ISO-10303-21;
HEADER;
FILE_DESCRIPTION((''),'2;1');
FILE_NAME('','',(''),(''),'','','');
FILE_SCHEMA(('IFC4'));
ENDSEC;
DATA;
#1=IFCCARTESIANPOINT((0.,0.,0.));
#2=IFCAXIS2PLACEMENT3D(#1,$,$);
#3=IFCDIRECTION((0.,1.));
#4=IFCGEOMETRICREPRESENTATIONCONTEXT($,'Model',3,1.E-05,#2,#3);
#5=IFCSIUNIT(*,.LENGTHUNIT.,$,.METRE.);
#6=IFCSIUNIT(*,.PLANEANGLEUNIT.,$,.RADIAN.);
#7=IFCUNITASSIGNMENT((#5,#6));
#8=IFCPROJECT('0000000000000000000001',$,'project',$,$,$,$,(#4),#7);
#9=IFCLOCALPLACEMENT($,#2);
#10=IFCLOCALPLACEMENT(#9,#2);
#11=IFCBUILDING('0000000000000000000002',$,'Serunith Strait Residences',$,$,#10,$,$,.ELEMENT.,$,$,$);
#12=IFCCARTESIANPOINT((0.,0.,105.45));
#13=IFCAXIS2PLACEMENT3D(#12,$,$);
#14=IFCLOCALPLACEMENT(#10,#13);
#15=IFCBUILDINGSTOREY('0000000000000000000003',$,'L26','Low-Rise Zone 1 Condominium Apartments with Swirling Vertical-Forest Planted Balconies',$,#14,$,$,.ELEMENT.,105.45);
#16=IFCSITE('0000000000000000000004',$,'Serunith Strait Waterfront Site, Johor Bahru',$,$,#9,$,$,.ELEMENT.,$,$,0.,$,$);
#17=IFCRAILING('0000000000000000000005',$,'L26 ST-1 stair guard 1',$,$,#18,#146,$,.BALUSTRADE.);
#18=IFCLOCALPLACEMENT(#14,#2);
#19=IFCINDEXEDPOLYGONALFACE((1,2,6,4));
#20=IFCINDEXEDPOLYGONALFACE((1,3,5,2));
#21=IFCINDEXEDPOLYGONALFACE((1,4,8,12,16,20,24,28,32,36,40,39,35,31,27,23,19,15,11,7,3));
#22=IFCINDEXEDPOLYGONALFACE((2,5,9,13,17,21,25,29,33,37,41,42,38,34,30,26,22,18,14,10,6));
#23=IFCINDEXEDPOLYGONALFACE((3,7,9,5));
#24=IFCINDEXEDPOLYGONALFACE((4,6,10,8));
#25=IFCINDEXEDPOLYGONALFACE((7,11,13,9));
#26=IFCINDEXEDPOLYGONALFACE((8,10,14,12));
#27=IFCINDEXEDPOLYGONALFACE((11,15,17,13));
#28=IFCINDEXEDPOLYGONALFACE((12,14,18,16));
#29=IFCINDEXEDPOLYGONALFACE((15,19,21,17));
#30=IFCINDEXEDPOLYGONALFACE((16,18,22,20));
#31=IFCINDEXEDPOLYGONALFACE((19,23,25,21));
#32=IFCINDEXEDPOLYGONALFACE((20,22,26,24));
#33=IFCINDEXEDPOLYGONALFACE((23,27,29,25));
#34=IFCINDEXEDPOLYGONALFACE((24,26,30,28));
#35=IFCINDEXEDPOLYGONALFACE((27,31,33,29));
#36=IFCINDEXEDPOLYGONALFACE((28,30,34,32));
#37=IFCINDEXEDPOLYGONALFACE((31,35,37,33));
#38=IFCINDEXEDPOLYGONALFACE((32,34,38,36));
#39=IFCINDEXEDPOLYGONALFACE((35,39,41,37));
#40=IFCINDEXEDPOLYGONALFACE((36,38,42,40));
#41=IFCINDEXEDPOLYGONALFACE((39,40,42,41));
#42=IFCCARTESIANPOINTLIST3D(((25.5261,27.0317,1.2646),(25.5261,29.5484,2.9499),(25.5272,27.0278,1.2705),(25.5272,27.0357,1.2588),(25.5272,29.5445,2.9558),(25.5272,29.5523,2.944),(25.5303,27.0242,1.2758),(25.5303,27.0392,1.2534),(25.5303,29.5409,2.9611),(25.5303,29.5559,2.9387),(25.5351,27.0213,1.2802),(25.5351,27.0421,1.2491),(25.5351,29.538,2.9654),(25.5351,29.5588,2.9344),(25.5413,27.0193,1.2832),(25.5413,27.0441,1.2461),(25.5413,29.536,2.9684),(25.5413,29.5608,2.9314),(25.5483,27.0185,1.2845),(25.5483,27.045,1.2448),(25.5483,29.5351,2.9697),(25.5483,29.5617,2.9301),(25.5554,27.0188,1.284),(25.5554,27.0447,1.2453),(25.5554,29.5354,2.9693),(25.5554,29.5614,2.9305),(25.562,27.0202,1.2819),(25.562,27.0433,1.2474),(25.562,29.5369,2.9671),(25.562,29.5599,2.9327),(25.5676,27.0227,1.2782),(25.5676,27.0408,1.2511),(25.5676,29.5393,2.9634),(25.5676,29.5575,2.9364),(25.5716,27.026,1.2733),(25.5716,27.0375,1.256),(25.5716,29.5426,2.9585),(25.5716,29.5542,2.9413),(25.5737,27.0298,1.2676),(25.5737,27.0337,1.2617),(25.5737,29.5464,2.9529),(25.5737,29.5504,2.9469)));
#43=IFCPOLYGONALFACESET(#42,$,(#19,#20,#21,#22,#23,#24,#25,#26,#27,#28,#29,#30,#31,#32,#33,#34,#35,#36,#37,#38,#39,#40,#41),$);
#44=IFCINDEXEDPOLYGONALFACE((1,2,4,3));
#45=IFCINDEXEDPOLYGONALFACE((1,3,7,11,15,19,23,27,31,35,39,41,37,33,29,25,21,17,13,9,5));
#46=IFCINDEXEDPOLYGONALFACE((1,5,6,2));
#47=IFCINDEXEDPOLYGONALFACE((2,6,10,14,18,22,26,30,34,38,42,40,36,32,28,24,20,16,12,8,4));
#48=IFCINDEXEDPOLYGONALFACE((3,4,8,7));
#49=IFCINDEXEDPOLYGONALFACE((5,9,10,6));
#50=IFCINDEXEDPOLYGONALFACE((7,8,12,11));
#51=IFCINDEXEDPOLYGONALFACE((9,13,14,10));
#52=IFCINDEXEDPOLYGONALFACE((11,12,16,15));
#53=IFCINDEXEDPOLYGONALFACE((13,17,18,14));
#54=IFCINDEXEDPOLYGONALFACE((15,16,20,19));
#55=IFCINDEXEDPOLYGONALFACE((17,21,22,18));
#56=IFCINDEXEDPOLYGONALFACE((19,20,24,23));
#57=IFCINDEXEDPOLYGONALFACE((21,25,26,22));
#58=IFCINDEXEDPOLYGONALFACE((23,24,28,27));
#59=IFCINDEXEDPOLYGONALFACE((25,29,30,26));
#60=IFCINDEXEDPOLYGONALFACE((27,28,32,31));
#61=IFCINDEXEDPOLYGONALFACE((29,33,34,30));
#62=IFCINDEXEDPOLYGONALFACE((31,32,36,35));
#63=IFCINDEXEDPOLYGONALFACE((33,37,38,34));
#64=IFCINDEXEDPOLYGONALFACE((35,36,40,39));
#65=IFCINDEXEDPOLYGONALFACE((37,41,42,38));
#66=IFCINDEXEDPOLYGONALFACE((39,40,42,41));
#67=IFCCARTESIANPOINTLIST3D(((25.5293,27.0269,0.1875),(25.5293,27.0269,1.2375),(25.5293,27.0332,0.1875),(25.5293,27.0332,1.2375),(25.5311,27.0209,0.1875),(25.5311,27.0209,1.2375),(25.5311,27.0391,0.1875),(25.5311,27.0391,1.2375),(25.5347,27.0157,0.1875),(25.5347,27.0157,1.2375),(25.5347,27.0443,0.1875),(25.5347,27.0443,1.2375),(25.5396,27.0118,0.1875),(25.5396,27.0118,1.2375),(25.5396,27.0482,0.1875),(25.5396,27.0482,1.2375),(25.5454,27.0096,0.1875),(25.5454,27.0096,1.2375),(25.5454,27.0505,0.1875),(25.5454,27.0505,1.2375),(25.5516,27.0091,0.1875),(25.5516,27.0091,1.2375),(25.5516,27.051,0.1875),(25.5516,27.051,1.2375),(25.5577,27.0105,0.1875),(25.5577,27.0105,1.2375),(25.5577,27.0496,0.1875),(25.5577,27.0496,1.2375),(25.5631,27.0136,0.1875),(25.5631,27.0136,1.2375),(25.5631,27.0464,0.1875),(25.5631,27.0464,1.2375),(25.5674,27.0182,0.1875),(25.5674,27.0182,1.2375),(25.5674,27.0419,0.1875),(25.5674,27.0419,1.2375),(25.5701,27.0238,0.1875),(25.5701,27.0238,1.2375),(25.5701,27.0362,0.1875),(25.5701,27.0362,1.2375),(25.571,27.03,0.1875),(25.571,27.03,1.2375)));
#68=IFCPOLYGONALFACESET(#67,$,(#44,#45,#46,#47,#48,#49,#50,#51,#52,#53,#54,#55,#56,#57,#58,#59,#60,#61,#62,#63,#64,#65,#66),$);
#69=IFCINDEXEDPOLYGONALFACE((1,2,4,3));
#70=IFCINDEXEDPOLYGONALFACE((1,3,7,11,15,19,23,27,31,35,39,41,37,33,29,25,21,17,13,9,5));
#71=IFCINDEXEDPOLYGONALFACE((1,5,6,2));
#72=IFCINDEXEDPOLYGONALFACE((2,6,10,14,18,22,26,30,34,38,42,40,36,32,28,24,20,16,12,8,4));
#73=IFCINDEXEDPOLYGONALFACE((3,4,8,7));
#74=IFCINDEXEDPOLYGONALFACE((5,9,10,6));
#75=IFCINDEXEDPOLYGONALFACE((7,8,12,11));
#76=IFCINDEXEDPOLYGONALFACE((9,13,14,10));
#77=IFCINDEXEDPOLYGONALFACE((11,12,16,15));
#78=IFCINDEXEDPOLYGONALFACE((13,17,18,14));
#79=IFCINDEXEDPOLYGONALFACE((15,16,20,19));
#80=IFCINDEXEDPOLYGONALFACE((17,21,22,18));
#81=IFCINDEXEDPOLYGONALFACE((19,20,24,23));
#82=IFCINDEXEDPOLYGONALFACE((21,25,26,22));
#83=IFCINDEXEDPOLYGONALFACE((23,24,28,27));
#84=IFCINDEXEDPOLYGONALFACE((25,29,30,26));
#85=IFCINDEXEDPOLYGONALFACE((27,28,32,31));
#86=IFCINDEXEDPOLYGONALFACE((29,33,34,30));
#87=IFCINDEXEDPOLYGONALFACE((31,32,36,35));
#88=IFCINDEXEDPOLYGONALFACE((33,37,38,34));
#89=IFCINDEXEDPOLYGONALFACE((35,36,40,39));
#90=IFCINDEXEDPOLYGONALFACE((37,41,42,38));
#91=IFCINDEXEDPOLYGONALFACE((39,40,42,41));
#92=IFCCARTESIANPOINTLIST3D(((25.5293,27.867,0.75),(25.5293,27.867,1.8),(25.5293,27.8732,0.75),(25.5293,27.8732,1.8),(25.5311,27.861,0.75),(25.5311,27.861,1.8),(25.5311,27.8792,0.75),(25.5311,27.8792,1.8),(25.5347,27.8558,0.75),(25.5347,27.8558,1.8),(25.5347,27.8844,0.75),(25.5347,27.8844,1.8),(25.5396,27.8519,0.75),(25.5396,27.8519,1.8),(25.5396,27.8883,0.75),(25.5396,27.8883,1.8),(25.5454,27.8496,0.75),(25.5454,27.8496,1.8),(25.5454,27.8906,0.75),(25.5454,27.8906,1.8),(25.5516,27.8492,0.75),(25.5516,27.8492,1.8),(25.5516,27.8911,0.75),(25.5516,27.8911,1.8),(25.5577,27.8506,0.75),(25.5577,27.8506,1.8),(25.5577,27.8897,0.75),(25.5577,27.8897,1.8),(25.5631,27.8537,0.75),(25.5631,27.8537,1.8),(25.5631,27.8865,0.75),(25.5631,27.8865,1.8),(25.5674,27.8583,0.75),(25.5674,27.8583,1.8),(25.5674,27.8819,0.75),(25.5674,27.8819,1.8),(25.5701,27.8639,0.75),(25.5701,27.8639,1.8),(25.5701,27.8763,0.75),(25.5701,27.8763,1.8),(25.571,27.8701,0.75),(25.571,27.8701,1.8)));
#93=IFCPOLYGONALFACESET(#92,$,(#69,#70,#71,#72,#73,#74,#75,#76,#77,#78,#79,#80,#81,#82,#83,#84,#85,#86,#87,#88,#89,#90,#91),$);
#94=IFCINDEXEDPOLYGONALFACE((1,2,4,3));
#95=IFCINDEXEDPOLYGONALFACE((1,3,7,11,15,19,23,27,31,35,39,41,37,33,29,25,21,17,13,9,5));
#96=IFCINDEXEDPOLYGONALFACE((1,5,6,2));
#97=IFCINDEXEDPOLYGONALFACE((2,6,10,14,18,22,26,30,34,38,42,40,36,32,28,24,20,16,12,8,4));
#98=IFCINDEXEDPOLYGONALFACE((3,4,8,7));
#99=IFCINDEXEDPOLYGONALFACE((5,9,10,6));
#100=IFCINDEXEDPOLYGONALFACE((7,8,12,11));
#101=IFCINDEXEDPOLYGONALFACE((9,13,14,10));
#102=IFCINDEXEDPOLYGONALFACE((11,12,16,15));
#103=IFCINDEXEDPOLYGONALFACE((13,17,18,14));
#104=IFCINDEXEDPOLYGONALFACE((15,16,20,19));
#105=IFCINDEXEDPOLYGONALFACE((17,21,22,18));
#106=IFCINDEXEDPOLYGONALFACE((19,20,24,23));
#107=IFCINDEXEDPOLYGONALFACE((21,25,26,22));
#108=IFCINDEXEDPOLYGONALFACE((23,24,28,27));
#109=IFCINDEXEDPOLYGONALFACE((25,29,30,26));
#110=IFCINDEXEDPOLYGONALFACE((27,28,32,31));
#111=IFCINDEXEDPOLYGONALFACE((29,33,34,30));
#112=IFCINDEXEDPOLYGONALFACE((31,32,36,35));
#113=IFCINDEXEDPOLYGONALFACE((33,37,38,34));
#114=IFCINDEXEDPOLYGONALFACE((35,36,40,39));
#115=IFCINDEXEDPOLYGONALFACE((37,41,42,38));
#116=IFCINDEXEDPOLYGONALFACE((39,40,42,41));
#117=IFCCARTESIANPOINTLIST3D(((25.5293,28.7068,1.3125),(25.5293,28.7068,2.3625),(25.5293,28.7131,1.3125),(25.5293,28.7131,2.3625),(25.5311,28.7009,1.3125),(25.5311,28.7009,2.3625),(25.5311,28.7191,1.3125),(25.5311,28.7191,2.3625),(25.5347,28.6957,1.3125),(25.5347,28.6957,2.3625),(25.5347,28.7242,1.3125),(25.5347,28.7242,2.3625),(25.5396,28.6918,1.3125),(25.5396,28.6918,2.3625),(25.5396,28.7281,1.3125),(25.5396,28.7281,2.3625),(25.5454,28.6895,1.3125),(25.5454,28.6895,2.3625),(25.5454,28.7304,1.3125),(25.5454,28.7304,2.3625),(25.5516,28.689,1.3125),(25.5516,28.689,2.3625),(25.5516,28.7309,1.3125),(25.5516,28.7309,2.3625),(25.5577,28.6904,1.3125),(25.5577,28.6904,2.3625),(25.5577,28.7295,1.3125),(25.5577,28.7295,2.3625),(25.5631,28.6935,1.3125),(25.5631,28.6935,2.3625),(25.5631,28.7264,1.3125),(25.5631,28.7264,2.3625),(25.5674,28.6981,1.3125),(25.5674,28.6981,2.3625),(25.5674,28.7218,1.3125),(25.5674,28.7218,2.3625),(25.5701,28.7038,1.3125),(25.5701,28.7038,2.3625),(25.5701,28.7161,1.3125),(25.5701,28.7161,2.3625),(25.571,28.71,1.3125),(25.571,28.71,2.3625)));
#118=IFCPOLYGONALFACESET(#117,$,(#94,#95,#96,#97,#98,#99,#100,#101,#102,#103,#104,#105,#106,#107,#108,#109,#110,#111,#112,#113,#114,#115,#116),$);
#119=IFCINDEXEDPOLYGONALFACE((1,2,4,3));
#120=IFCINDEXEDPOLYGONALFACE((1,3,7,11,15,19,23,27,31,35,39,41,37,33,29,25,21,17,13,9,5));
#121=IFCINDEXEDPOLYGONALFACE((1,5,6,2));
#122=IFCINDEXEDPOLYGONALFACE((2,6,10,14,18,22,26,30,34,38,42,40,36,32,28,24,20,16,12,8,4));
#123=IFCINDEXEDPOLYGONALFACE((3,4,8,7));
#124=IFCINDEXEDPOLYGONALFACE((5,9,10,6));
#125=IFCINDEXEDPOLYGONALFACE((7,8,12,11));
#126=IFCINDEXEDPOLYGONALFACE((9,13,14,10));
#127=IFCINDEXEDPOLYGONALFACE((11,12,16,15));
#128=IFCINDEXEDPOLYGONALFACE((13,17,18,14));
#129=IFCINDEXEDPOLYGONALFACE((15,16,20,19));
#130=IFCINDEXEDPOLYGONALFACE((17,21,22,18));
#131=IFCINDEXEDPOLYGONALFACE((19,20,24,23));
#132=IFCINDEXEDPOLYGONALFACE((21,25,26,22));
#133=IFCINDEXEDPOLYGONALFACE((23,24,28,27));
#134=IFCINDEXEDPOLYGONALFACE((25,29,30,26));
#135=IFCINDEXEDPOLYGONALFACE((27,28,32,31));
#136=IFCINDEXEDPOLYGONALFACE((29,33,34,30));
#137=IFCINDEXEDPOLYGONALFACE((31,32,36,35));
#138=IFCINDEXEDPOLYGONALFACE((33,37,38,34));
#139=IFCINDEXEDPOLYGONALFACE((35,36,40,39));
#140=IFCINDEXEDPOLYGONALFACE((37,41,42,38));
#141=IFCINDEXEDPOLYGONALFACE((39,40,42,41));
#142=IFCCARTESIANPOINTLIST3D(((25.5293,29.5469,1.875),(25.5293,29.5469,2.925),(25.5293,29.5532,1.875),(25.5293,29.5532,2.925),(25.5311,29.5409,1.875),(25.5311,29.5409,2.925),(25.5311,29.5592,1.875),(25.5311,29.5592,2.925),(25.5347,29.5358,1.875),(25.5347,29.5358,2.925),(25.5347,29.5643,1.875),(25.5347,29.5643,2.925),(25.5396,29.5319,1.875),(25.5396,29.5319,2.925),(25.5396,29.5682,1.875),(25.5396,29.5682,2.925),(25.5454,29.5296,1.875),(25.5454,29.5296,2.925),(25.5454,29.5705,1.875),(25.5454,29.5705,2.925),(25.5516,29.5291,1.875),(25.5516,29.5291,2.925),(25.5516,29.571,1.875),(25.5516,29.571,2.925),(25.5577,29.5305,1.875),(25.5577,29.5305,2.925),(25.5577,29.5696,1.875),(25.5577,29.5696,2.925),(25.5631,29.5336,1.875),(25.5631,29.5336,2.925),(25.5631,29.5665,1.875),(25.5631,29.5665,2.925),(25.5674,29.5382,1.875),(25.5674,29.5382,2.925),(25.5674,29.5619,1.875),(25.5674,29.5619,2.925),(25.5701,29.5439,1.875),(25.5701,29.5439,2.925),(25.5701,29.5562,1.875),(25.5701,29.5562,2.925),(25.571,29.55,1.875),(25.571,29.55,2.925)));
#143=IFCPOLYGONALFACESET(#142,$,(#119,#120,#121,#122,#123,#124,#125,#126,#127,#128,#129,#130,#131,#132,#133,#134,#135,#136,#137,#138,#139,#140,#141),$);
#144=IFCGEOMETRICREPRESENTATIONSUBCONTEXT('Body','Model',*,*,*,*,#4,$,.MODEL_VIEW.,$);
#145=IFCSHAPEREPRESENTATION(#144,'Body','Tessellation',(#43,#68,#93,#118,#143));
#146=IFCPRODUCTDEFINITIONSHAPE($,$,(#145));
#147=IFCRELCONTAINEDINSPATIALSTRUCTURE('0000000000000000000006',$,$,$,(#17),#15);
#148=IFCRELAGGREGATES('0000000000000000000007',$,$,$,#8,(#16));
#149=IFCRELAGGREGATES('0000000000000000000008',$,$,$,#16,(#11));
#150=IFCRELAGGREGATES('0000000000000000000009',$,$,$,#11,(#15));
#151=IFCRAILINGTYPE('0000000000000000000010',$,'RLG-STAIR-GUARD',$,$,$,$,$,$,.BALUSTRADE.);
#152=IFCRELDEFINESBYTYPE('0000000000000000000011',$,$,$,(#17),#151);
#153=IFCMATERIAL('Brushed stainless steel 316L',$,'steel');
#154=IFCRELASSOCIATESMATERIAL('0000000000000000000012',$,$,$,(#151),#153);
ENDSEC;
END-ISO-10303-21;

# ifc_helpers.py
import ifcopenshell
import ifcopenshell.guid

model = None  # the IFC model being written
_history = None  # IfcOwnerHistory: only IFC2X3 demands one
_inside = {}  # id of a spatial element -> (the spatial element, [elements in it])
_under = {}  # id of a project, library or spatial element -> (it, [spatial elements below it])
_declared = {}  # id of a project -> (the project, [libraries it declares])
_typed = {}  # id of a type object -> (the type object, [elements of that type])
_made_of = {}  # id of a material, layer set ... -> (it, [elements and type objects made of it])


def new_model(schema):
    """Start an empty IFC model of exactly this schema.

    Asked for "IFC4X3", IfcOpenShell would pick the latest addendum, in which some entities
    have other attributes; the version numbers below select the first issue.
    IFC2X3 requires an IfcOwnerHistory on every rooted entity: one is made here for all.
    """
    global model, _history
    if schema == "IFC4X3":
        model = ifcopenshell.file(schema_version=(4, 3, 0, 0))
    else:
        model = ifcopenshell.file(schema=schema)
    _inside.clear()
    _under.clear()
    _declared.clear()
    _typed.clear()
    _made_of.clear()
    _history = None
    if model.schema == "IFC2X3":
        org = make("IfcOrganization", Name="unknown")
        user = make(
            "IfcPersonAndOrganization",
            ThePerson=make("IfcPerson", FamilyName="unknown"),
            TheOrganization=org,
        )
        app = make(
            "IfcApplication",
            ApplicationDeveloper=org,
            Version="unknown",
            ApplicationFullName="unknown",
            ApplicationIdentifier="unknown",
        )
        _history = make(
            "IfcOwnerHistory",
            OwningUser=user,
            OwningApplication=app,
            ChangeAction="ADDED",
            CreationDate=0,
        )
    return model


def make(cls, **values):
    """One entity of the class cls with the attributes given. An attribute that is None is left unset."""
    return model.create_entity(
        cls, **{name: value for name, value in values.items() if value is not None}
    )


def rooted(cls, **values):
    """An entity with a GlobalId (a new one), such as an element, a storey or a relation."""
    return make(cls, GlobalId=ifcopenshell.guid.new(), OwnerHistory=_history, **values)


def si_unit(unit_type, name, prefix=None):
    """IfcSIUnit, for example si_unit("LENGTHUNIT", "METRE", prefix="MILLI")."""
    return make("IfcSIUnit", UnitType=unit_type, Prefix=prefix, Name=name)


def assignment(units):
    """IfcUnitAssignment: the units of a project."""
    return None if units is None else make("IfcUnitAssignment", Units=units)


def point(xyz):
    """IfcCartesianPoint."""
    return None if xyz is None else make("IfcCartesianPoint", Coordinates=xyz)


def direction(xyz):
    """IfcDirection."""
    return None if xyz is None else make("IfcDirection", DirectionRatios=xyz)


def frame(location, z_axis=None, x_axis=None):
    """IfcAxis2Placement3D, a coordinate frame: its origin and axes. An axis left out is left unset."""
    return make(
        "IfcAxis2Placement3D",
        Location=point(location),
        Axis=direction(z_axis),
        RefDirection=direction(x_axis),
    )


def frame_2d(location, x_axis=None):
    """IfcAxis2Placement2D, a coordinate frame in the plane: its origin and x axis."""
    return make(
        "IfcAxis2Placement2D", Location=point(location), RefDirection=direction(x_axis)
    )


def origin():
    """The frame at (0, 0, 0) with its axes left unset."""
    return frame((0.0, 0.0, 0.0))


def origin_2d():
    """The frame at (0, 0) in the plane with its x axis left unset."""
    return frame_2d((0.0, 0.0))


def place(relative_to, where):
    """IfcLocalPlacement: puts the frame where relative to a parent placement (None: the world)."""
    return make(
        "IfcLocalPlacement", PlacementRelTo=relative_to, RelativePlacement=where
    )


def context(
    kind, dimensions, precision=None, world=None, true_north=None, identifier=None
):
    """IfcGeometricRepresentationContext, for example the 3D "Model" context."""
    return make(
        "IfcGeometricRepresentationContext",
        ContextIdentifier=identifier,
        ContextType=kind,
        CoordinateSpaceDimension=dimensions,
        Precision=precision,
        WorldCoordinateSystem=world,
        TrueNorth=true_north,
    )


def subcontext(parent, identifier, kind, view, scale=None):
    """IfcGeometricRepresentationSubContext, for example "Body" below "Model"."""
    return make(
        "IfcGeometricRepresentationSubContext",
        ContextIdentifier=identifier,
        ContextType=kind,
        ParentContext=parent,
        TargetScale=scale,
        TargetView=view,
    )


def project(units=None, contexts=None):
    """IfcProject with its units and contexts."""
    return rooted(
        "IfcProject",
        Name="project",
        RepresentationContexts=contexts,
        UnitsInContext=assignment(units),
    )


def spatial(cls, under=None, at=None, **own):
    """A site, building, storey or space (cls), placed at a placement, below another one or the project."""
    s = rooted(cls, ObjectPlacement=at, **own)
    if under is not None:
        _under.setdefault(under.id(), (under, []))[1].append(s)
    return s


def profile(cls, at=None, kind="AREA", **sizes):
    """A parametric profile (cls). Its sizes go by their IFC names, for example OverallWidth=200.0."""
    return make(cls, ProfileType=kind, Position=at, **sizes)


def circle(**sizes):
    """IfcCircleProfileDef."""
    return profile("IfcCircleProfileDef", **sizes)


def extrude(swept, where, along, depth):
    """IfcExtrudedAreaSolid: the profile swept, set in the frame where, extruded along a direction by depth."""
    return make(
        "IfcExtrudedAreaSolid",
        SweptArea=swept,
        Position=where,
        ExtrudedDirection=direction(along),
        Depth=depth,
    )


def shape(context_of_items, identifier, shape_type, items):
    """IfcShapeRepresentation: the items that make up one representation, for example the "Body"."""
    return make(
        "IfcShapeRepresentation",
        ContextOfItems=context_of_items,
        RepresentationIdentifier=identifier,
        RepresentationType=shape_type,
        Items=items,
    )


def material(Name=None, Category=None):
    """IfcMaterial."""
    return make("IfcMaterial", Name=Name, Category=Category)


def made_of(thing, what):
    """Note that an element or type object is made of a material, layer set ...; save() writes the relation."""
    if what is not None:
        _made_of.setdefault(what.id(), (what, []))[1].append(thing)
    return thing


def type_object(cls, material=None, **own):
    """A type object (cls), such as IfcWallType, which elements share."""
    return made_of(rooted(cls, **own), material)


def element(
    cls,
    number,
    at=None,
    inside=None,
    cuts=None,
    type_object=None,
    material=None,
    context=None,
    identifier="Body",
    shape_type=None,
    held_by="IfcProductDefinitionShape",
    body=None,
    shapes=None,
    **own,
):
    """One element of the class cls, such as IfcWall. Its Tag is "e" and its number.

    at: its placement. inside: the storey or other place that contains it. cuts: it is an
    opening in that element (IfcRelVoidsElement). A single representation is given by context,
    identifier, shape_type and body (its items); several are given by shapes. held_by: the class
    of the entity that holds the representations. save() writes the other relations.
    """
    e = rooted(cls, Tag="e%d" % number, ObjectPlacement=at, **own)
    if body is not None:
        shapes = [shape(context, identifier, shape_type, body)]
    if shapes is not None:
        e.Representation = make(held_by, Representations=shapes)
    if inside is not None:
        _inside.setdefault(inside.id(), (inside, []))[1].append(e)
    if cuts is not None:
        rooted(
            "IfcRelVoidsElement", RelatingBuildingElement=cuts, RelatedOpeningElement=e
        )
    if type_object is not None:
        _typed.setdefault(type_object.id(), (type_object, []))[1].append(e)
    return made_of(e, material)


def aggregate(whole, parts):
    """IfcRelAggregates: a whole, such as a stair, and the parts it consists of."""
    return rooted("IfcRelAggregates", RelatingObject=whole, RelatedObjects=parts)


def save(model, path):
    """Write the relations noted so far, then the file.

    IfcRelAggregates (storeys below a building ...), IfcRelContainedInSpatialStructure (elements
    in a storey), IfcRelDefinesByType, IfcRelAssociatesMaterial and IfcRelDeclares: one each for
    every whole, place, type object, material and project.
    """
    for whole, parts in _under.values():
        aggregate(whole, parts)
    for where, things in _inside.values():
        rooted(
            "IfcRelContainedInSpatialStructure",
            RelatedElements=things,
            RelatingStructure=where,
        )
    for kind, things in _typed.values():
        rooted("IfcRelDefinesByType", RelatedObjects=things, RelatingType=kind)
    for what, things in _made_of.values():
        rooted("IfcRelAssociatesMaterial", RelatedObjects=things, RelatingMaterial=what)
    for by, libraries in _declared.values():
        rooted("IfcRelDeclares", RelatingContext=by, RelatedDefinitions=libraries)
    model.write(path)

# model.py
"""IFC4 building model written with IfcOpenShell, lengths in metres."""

from ifc_helpers import new_model, si_unit, direction, frame, origin, origin_2d, place, context, subcontext, project, spatial, circle, extrude, material, type_object, element, save


model = new_model("IFC4")

# Units and contexts
model_context = context("Model", 3, precision=1e-05, world=origin(), true_north=direction((0.0, 1.0)))
body_context = subcontext(model_context, "Body", "Model", "MODEL_VIEW")
ifc_project = project(units=[si_unit("LENGTHUNIT", "METRE"), si_unit("PLANEANGLEUNIT", "RADIAN")], contexts=[model_context])

# Site, building, storey
site_placement = place(None, origin())
site = spatial("IfcSite", under=ifc_project, at=site_placement, Name="Serunith Strait Waterfront Site, Johor Bahru", CompositionType="ELEMENT", RefElevation=0.0)
building_placement = place(site_placement, origin())
building = spatial("IfcBuilding", under=site, at=building_placement, Name="Serunith Strait Residences", CompositionType="ELEMENT")
storey_placement = place(building_placement, frame((0.0, 0.0, 105.45)))
storey = spatial("IfcBuildingStorey", under=building, at=storey_placement, Name="L26", Description="Low-Rise Zone 1 Condominium Apartments with Swirling Vertical-Forest Planted Balconies", CompositionType="ELEMENT", Elevation=105.45)

# Railing
ifc_material_1 = material(Name="Brushed stainless steel 316L", Category="steel")
railing_type_1 = type_object("IfcRailingType", Name="RLG-STAIR-GUARD", PredefinedType="BALUSTRADE", material=ifc_material_1)
railing_1_placement = place(storey_placement, frame((25.55, 27.03, 0.1875)))
element("IfcRailing", 1, at=railing_1_placement, inside=storey, type_object=railing_type_1, Name="L26 ST-1 stair guard 1", PredefinedType="BALUSTRADE", context=body_context, shape_type="SweptSolid", body=[
    extrude(circle(Radius=0.0239, at=origin_2d()), frame((0.0, 0.0017, 1.0771), z_axis=(0.0, 0.830909, 0.556408), x_axis=(-1.0, 0.0, 0.0)), (0.0, 0.0, 1.0), 3.0288),
    extrude(circle(Radius=0.021, at=origin_2d()), origin(), (0.0, 0.0, 1.0), 1.05),
    extrude(circle(Radius=0.021, at=origin_2d()), frame((0.0, 0.8401, 0.5625)), (0.0, 0.0, 1.0), 1.05),
    extrude(circle(Radius=0.021, at=origin_2d()), frame((0.0, 1.6799, 1.125)), (0.0, 0.0, 1.0), 1.05),
    extrude(circle(Radius=0.021, at=origin_2d()), frame((0.0, 2.52, 1.6875)), (0.0, 0.0, 1.0), 1.05),
])

save(model, "model.ifc")
